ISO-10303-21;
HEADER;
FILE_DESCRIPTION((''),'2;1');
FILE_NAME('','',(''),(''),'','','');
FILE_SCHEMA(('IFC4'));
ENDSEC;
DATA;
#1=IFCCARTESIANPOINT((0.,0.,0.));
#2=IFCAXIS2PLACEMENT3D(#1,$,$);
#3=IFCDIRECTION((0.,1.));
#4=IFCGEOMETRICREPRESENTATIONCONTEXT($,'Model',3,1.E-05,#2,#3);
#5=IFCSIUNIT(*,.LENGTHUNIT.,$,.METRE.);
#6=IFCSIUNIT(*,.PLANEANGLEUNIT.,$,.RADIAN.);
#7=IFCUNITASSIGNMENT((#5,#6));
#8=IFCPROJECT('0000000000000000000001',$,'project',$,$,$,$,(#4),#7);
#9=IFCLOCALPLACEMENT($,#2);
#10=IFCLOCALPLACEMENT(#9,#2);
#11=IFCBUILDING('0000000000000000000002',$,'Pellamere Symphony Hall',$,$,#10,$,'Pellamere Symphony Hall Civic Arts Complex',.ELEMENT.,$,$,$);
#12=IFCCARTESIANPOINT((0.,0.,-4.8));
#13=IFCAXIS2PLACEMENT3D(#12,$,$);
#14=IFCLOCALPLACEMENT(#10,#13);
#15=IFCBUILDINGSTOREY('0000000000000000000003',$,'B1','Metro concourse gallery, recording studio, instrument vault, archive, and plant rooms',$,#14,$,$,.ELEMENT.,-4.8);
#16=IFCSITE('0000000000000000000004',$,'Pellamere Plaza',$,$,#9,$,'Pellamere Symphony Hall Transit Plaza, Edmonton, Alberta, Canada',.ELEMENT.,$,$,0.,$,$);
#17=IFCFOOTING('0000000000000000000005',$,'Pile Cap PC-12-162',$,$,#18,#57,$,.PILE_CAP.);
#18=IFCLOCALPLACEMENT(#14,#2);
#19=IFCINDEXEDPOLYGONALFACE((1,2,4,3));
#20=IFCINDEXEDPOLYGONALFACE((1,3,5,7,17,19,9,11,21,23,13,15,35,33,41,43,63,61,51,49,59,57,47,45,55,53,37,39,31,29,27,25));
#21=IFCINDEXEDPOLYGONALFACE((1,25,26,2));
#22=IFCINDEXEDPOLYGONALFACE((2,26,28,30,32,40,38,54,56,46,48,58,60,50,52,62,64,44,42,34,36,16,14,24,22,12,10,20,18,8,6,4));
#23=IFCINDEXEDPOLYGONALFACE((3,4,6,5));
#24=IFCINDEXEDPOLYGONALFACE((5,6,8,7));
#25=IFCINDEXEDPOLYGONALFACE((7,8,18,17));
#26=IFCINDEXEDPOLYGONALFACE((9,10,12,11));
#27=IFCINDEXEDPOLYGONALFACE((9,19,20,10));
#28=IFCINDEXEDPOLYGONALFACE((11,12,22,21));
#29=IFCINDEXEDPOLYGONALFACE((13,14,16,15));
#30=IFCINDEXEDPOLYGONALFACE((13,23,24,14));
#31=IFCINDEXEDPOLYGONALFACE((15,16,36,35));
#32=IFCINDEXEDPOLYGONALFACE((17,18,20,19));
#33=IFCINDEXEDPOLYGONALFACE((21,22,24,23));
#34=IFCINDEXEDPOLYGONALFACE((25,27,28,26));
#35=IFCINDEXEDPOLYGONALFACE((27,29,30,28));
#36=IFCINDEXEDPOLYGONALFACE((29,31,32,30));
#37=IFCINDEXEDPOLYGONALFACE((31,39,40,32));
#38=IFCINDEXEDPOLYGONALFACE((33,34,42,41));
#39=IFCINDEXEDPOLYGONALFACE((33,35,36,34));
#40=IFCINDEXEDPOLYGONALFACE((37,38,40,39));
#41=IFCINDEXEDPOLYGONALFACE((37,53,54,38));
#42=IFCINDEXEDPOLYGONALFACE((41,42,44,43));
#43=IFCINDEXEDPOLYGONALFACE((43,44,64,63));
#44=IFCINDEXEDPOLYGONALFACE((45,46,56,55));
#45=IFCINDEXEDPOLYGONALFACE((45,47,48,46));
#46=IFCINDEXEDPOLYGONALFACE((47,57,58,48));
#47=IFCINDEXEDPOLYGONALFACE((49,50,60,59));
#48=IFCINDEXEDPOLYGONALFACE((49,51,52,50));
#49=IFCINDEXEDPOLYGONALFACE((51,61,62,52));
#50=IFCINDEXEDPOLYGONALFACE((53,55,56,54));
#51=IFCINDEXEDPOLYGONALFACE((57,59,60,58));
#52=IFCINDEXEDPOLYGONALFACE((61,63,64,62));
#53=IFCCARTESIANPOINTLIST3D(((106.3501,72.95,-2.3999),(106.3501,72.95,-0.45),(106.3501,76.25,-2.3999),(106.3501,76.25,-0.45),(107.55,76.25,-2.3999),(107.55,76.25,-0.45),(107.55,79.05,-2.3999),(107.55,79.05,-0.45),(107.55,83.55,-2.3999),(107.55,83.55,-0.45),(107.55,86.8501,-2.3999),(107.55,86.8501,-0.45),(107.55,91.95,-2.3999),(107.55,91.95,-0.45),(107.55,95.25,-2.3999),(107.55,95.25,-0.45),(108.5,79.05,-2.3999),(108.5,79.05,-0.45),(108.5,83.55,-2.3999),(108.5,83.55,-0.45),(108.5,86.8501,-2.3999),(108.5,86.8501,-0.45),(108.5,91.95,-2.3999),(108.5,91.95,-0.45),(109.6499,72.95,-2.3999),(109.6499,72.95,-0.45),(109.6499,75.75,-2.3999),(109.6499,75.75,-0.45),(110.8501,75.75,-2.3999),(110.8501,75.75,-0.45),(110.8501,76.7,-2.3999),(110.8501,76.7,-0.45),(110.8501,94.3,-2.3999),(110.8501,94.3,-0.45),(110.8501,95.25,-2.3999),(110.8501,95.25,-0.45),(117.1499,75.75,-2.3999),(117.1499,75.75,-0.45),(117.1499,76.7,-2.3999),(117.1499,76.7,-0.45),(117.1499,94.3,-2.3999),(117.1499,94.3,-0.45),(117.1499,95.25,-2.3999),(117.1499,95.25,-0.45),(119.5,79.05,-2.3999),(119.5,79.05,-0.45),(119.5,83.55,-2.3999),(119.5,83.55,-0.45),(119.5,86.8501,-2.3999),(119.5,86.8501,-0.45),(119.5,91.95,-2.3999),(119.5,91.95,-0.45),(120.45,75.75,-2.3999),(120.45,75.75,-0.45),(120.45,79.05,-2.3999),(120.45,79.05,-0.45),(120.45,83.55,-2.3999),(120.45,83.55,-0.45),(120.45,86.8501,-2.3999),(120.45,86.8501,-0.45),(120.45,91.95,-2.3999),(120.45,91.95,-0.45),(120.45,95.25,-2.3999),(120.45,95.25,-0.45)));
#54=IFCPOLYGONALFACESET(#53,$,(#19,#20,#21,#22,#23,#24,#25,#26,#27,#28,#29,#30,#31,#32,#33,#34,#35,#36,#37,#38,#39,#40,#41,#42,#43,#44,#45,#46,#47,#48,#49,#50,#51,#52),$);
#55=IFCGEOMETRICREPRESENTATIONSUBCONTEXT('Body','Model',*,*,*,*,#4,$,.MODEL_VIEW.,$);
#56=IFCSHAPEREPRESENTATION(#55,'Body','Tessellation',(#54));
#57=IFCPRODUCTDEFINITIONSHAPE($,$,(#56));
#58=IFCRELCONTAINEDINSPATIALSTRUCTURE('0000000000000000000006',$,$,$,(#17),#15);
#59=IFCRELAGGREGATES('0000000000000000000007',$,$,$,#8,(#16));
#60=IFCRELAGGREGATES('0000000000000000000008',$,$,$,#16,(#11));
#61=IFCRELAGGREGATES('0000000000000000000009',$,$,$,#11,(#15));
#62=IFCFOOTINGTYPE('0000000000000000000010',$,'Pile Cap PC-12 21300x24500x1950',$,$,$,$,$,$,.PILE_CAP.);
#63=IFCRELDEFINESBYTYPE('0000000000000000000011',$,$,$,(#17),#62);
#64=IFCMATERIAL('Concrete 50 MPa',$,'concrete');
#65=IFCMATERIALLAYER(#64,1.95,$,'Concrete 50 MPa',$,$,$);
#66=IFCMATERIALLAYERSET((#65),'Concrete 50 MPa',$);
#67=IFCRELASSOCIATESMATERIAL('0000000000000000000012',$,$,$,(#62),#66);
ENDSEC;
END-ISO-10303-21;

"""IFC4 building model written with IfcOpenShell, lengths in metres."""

from ifc_helpers import new_model, si_unit, direction, frame, origin, place, context, subcontext, project, spatial, polyline, outline, extrude, material, layer, layer_set, type_object, element, save


model = new_model("IFC4")

# Units and contexts
model_context = context("Model", 3, precision=1e-05, world=origin(), true_north=direction((0.0, 1.0)))
body_context = subcontext(model_context, "Body", "Model", "MODEL_VIEW")
ifc_project = project(units=[si_unit("LENGTHUNIT", "METRE"), si_unit("PLANEANGLEUNIT", "RADIAN")], contexts=[model_context])

# Site, building, storey
site_placement = place(None, origin())
site = spatial("IfcSite", under=ifc_project, at=site_placement, Name="Pellamere Plaza", LongName="Pellamere Symphony Hall Transit Plaza, Edmonton, Alberta, Canada", CompositionType="ELEMENT", RefElevation=0.0)
building_placement = place(site_placement, origin())
building = spatial("IfcBuilding", under=site, at=building_placement, Name="Pellamere Symphony Hall", LongName="Pellamere Symphony Hall Civic Arts Complex", CompositionType="ELEMENT")
storey_placement = place(building_placement, frame((0.0, 0.0, -4.8)))
storey = spatial("IfcBuildingStorey", under=building, at=storey_placement, Name="B1", Description="Metro concourse gallery, recording studio, instrument vault, archive, and plant rooms", CompositionType="ELEMENT", Elevation=-4.8)

# Footing
ifc_material_1 = material(Name="Concrete 50 MPa", Category="concrete")
ifc_layer_1 = layer(ifc_material_1, 1.95, Name="Concrete 50 MPa")
ifc_layer_set_1 = layer_set([ifc_layer_1], Name="Concrete 50 MPa")
footing_type_1 = type_object("IfcFootingType", Name="Pile Cap PC-12 21300x24500x1950", PredefinedType="PILE_CAP", material=ifc_layer_set_1)
footing_1_placement = place(storey_placement, frame((0.0, 0.0, -2.3999)))
element("IfcFooting", 1, at=footing_1_placement, inside=storey, type_object=footing_type_1, Name="Pile Cap PC-12-162", PredefinedType="PILE_CAP", context=body_context, shape_type="SweptSolid", body=[
    extrude(outline(polyline([(108.5, 86.8501), (108.5, 91.95), (107.55, 91.95), (107.55, 95.25), (110.8501, 95.25), (110.8501, 94.3), (117.1499, 94.3), (117.1499, 95.25), (120.45, 95.25), (120.45, 91.95), (119.5, 91.95), (119.5, 86.8501), (120.45, 86.8501), (120.45, 83.55), (119.5, 83.55), (119.5, 79.05), (120.45, 79.05), (120.45, 75.75), (117.1499, 75.75), (117.1499, 76.7), (110.8501, 76.7), (110.8501, 75.75), (109.6499, 75.75), (109.6499, 72.95), (106.3501, 72.95), (106.3501, 76.25), (107.55, 76.25), (107.55, 79.05), (108.5, 79.05), (108.5, 83.55), (107.55, 83.55), (107.55, 86.8501), (108.5, 86.8501)])), origin(), (0.0, 0.0, 1.0), 1.95),
])

save(model, "model.ifc")
